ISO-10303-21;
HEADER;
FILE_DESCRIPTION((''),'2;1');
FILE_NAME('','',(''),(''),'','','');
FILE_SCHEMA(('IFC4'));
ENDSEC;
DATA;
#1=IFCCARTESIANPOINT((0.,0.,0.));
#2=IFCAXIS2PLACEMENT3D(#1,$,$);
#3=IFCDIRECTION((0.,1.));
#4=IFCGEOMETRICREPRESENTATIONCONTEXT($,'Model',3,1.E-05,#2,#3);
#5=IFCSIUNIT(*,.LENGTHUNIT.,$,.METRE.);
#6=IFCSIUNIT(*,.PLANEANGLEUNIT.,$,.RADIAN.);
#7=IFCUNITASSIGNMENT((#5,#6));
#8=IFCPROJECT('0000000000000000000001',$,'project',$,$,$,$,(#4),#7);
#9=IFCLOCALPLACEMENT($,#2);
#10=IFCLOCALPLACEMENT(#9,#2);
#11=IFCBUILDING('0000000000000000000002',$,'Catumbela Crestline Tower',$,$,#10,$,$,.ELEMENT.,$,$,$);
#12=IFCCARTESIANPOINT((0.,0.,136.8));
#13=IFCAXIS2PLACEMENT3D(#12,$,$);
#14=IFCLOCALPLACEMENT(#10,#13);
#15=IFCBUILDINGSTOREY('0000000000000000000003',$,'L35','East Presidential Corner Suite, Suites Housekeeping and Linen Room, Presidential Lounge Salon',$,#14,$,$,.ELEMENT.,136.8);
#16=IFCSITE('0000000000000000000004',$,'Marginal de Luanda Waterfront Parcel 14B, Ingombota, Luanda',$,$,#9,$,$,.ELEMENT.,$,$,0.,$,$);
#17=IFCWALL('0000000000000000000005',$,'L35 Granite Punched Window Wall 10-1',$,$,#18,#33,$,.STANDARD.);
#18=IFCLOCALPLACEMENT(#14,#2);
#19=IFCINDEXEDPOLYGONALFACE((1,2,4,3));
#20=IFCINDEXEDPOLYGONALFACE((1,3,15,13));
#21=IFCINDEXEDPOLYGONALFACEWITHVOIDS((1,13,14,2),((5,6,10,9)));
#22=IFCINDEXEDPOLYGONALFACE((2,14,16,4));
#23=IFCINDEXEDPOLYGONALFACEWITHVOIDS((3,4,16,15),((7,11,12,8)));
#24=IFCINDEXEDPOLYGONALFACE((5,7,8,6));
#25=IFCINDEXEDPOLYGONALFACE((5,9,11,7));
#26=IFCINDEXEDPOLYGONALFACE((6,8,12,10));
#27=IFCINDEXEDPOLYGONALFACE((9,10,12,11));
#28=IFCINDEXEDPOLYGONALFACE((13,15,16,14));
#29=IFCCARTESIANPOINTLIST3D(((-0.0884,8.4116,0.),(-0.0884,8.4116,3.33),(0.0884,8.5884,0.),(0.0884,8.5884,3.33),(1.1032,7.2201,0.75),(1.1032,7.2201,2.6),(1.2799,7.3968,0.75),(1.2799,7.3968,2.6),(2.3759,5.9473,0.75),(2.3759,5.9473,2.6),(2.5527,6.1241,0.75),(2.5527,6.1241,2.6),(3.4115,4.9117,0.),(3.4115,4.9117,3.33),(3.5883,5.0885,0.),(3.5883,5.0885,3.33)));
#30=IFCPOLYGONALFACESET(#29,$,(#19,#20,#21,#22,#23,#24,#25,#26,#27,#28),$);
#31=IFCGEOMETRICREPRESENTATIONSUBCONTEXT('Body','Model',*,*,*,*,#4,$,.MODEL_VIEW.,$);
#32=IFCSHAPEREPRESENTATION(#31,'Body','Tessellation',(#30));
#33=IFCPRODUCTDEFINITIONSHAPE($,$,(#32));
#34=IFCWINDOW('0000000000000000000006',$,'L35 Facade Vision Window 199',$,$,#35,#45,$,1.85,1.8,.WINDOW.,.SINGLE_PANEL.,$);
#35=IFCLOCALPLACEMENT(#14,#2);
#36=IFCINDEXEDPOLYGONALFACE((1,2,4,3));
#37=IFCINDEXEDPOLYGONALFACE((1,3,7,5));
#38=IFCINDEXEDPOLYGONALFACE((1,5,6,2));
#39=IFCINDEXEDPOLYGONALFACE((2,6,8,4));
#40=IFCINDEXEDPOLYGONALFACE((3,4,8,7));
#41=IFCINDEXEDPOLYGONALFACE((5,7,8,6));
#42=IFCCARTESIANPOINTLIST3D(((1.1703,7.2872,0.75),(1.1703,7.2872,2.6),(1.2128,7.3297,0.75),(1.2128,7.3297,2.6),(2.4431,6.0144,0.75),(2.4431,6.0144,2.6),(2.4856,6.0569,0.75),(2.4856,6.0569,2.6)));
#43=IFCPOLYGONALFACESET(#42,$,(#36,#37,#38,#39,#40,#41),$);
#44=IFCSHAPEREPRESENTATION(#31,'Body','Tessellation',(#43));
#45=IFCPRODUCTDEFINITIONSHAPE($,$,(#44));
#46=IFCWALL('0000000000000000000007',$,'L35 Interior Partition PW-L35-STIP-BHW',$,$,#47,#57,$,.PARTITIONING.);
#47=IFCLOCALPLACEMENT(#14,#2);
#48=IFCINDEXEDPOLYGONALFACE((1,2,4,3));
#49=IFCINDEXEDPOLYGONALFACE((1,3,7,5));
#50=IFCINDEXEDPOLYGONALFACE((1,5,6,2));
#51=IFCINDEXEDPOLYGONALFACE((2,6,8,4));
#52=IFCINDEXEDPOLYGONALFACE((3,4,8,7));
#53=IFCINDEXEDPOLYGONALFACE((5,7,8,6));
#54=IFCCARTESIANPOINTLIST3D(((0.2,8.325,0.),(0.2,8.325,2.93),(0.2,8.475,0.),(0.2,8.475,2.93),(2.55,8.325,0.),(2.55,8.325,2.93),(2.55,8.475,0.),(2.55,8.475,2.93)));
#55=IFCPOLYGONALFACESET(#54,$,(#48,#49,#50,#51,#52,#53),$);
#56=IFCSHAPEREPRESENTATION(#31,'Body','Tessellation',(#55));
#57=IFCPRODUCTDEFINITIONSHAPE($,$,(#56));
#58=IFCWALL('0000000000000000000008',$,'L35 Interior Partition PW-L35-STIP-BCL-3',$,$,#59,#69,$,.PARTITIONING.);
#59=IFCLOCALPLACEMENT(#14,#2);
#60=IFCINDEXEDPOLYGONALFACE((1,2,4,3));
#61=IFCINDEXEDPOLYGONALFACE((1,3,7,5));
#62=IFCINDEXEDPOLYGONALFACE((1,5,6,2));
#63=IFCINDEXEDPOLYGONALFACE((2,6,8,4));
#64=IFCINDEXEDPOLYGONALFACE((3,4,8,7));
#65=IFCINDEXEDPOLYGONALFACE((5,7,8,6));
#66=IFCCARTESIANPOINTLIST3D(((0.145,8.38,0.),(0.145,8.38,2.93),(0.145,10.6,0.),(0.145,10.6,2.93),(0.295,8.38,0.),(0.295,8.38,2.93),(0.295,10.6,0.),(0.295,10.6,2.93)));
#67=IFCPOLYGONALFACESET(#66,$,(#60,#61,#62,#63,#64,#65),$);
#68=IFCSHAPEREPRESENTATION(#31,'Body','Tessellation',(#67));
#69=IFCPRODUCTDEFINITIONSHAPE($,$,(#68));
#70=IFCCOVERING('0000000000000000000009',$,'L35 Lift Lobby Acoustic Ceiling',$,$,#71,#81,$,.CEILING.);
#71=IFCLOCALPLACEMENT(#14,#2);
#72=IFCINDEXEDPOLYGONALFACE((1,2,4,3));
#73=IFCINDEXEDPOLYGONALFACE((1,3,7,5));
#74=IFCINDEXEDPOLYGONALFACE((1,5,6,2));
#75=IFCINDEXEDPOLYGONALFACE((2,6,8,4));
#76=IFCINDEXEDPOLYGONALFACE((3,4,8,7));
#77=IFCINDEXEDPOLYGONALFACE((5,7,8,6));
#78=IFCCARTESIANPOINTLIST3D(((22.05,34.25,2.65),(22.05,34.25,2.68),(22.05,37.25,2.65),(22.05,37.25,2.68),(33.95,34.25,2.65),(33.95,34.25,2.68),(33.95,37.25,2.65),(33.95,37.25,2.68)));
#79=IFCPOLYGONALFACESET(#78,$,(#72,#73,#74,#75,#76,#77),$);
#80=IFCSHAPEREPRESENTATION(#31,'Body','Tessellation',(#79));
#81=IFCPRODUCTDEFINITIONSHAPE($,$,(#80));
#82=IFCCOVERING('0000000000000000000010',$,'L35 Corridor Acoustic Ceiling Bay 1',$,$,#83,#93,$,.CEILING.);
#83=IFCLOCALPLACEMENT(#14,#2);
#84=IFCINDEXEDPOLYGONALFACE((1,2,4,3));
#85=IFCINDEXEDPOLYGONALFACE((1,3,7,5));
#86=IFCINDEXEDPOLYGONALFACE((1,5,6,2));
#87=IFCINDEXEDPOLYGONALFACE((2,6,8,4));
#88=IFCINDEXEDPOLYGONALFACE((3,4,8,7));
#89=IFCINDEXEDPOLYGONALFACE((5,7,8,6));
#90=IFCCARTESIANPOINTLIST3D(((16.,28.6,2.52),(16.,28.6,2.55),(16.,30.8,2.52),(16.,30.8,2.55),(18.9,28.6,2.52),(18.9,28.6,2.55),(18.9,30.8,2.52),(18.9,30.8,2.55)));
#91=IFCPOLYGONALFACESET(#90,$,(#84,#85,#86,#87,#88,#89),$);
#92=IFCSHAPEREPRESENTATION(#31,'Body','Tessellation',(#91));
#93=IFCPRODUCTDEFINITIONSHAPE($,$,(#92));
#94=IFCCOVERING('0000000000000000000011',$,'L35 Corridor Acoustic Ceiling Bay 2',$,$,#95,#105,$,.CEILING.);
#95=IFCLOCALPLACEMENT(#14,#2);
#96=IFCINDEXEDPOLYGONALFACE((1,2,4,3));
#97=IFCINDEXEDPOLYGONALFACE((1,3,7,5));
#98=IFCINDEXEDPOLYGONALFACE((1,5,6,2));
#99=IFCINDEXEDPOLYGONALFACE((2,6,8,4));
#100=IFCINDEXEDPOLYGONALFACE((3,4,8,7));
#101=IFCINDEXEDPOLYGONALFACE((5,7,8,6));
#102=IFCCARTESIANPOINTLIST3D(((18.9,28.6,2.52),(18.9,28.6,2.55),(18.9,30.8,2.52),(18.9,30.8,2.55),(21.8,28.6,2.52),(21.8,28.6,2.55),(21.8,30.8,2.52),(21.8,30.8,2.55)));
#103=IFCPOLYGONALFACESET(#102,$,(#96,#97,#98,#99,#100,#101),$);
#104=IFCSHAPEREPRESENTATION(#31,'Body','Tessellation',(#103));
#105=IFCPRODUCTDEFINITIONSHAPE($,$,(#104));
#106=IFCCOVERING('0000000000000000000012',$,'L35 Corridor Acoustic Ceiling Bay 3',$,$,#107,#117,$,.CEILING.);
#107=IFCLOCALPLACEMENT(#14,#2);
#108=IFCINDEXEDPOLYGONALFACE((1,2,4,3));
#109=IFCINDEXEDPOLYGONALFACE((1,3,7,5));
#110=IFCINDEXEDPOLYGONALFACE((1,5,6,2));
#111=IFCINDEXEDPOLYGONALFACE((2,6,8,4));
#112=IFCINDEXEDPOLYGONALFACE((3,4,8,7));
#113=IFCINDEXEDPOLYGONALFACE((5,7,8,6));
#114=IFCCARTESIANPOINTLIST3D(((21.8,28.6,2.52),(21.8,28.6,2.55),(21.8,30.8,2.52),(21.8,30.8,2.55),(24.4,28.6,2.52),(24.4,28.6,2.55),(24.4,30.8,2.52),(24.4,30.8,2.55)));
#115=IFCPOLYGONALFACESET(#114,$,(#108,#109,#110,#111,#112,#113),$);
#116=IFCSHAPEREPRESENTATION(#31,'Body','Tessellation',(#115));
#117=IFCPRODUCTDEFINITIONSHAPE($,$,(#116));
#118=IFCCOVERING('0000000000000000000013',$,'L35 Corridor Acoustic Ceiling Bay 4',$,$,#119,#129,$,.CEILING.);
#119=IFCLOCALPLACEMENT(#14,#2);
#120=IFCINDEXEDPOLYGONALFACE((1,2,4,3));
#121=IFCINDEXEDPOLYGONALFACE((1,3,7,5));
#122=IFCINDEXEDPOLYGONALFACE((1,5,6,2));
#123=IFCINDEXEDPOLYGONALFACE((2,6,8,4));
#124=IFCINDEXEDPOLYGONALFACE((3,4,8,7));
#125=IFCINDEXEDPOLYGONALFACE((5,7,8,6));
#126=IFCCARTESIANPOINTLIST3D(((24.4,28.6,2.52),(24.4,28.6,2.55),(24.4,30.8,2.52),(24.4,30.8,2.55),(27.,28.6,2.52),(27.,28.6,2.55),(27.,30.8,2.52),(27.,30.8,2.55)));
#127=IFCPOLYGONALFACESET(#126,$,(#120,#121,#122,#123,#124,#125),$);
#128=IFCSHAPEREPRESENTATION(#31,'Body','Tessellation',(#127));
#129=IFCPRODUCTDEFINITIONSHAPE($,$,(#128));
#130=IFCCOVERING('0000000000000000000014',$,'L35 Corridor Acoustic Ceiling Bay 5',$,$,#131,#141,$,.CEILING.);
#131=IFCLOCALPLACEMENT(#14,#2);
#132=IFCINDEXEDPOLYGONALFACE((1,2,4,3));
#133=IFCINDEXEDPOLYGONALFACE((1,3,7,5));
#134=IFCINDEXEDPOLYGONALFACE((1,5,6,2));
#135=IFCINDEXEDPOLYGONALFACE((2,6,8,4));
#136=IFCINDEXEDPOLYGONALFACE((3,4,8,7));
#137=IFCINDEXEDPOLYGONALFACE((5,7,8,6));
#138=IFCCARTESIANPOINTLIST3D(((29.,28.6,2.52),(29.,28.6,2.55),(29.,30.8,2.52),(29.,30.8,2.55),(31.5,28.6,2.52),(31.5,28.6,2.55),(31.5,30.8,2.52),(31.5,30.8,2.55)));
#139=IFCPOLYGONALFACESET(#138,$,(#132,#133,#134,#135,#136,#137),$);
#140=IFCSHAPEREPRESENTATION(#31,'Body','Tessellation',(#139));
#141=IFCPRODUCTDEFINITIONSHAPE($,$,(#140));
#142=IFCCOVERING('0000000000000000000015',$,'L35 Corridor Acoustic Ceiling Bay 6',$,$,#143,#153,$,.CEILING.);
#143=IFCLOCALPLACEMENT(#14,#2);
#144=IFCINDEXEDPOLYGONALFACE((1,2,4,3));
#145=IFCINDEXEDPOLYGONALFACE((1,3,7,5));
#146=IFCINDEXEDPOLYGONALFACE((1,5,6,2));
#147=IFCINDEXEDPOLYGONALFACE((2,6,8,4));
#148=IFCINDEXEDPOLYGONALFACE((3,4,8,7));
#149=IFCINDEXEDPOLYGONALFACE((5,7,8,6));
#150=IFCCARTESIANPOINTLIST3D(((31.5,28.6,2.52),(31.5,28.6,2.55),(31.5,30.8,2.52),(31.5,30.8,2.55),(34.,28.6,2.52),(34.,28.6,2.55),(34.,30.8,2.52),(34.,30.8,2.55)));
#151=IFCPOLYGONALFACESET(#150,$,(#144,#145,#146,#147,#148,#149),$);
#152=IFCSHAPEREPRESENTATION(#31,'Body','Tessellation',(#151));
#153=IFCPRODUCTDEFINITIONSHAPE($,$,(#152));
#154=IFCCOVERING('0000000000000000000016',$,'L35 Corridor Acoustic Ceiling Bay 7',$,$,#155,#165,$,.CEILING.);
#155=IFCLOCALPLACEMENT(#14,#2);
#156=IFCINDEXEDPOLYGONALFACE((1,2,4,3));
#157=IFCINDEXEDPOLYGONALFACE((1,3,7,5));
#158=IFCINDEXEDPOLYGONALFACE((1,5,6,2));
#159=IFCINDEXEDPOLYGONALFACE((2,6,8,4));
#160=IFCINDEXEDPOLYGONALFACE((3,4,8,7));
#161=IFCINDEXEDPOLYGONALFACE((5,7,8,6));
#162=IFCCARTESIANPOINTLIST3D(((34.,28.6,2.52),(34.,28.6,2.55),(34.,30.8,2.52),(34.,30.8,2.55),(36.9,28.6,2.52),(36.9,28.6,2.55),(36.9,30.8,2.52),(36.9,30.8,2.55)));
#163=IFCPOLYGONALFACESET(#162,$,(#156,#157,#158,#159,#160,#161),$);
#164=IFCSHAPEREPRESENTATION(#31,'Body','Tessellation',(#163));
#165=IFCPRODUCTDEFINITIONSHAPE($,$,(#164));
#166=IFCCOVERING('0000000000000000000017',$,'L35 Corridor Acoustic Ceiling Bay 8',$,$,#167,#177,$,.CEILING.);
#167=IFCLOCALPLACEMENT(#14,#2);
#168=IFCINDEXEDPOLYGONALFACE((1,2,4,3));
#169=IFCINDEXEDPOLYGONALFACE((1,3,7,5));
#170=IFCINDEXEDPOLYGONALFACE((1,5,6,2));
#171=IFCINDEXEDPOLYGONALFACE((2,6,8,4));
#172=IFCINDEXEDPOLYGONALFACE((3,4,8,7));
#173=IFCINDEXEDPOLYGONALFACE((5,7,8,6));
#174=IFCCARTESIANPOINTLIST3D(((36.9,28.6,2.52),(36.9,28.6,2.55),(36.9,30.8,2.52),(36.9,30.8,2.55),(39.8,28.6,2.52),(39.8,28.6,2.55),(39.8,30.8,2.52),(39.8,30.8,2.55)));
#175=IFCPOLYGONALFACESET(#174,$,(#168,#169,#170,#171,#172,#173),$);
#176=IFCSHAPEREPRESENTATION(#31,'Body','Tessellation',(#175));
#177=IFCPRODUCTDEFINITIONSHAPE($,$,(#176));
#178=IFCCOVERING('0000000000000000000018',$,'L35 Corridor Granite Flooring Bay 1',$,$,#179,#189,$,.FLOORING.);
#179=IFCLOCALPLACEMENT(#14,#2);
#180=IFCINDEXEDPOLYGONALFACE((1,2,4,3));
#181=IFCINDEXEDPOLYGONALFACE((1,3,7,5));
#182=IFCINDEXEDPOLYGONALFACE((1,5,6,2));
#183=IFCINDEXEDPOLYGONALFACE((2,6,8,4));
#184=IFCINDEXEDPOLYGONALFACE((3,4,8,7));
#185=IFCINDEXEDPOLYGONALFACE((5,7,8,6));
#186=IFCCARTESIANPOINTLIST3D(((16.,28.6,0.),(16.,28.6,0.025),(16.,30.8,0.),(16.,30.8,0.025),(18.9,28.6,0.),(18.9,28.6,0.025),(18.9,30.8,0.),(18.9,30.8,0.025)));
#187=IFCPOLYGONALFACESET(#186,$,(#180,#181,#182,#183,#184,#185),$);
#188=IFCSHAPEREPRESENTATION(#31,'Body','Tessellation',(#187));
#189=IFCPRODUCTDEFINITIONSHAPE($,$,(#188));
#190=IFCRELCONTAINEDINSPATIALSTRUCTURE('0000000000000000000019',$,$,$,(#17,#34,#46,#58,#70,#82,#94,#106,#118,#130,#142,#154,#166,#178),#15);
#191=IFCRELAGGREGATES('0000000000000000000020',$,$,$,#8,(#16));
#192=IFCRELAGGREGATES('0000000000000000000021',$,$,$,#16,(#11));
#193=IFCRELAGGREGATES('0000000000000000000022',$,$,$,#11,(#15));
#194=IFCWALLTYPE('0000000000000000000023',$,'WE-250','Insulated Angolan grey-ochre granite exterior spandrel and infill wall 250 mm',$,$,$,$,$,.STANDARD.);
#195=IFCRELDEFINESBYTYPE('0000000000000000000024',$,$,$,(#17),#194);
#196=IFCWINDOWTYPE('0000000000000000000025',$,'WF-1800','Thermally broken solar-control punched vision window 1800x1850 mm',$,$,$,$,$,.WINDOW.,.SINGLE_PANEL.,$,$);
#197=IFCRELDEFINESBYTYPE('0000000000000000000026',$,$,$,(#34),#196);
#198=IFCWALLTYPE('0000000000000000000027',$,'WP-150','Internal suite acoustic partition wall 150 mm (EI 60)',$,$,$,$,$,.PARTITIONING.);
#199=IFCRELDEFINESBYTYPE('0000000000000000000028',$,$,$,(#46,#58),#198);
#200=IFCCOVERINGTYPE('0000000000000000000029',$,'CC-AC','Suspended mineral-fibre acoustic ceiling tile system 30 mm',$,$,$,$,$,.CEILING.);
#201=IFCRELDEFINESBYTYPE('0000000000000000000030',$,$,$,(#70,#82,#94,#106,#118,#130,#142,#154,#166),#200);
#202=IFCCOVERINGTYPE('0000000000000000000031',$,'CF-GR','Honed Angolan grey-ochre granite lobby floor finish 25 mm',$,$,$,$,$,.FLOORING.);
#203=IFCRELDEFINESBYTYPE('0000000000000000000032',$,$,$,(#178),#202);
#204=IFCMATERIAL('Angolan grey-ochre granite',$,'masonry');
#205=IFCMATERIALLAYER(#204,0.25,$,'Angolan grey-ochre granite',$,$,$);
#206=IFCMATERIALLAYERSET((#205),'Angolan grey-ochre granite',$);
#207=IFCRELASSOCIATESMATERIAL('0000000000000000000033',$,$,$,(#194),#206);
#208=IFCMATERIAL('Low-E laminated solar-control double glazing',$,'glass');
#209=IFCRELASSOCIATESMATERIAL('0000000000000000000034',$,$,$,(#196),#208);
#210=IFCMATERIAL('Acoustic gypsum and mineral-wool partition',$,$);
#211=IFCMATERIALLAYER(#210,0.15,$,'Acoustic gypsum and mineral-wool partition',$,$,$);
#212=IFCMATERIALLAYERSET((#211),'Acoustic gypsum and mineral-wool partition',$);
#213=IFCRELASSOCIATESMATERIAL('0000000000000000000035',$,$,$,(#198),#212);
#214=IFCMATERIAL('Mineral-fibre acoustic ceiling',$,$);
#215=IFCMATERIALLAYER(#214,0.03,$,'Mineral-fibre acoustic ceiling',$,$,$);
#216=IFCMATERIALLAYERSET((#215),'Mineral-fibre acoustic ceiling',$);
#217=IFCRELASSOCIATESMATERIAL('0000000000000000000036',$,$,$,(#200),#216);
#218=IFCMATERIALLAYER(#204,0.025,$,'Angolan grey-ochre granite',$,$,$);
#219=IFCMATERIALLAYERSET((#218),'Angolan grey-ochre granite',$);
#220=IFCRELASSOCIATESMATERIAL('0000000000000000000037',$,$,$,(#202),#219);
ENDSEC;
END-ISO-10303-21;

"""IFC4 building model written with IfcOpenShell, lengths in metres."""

from ifc_helpers import new_model, si_unit, direction, frame, frame_2d, origin, place, context, subcontext, project, spatial, polyline, rectangle, outline, extrude, material, layer, layer_set, type_object, element, fill, save


model = new_model("IFC4")

# Units and contexts
model_context = context("Model", 3, precision=1e-05, world=origin(), true_north=direction((0.0, 1.0)))
body_context = subcontext(model_context, "Body", "Model", "MODEL_VIEW")
ifc_project = project(units=[si_unit("LENGTHUNIT", "METRE"), si_unit("PLANEANGLEUNIT", "RADIAN")], contexts=[model_context])

# Site, building, storey
site_placement = place(None, origin())
site = spatial("IfcSite", under=ifc_project, at=site_placement, Name="Marginal de Luanda Waterfront Parcel 14B, Ingombota, Luanda", CompositionType="ELEMENT", RefElevation=0.0)
building_placement = place(site_placement, origin())
building = spatial("IfcBuilding", under=site, at=building_placement, Name="Catumbela Crestline Tower", CompositionType="ELEMENT")
storey_placement = place(building_placement, frame((0.0, 0.0, 136.8)))
storey = spatial("IfcBuildingStorey", under=building, at=storey_placement, Name="L35", Description="East Presidential Corner Suite, Suites Housekeeping and Linen Room, Presidential Lounge Salon", CompositionType="ELEMENT", Elevation=136.8)

# Wall, opening, window
ifc_material_1 = material(Name="Angolan grey-ochre granite", Category="masonry")
ifc_layer_1 = layer(ifc_material_1, 0.25, Name="Angolan grey-ochre granite")
ifc_layer_set_1 = layer_set([ifc_layer_1], Name="Angolan grey-ochre granite")
wall_type_1 = type_object("IfcWallType", Name="WE-250", Description="Insulated Angolan grey-ochre granite exterior spandrel and infill wall 250 mm", PredefinedType="STANDARD", material=ifc_layer_set_1)
wall_1_placement = place(storey_placement, frame((0.0, 8.5, 0.0), z_axis=(0.0, 0.0, 1.0), x_axis=(0.707107, -0.707107, 0.0)))
wall_1 = element("IfcWall", 1, at=wall_1_placement, inside=storey, type_object=wall_type_1, Name="L35 Granite Punched Window Wall 10-1", PredefinedType="STANDARD", context=body_context, shape_type="SweptSolid", body=[
    extrude(rectangle(XDim=4.9497, YDim=0.25, at=frame_2d((2.4748, 0.0))), origin(), (0.0, 0.0, 1.0), 3.33),
])
opening_placement = place(wall_1_placement, frame((1.6851, 0.0, 0.75)))
opening = element("IfcOpeningElement", 2, at=opening_placement, cuts=wall_1, PredefinedType="OPENING", context=body_context, shape_type="SweptSolid", body=[
    extrude(rectangle(XDim=1.8, YDim=1.85, at=frame_2d((0.9, 0.925))), frame((0.0, 0.135, 0.0), z_axis=(0.0, -1.0, 0.0), x_axis=(1.0, 0.0, 0.0)), (0.0, 0.0, 1.0), 0.27),
])
ifc_material_2 = material(Name="Low-E laminated solar-control double glazing", Category="glass")
window_type = type_object("IfcWindowType", Name="WF-1800", Description="Thermally broken solar-control punched vision window 1800x1850 mm", PartitioningType="SINGLE_PANEL", PredefinedType="WINDOW", material=ifc_material_2)
window_placement = place(opening_placement, origin())
window = element("IfcWindow", 3, at=window_placement, inside=storey, type_object=window_type, Name="L35 Facade Vision Window 199", OverallHeight=1.85, OverallWidth=1.8, PartitioningType="SINGLE_PANEL", PredefinedType="WINDOW", context=body_context, shape_type="SweptSolid", body=[
    extrude(rectangle(XDim=1.8, YDim=1.85, at=frame_2d((0.9, 0.925))), frame((0.0, 0.03, 0.0), z_axis=(0.0, -1.0, 0.0), x_axis=(1.0, 0.0, 0.0)), (0.0, 0.0, 1.0), 0.06),
])
fill(opening, window)

# Walls
ifc_material_3 = material(Name="Acoustic gypsum and mineral-wool partition")
ifc_layer_2 = layer(ifc_material_3, 0.15, Name="Acoustic gypsum and mineral-wool partition")
ifc_layer_set_2 = layer_set([ifc_layer_2], Name="Acoustic gypsum and mineral-wool partition")
wall_type_2 = type_object("IfcWallType", Name="WP-150", Description="Internal suite acoustic partition wall 150 mm (EI 60)", PredefinedType="PARTITIONING", material=ifc_layer_set_2)
wall_2_placement = place(storey_placement, frame((0.2, 8.4, 0.0), z_axis=(0.0, 0.0, 1.0), x_axis=(1.0, 0.0, 0.0)))
element("IfcWall", 4, at=wall_2_placement, inside=storey, type_object=wall_type_2, Name="L35 Interior Partition PW-L35-STIP-BHW", PredefinedType="PARTITIONING", context=body_context, shape_type="SweptSolid", body=[
    extrude(rectangle(XDim=2.35, YDim=0.15, at=frame_2d((1.175, 0.0))), origin(), (0.0, 0.0, 1.0), 2.93),
])
wall_3_placement = place(storey_placement, frame((0.22, 8.38, 0.0), z_axis=(0.0, 0.0, 1.0), x_axis=(0.0, 1.0, 0.0)))
element("IfcWall", 5, at=wall_3_placement, inside=storey, type_object=wall_type_2, Name="L35 Interior Partition PW-L35-STIP-BCL-3", PredefinedType="PARTITIONING", context=body_context, shape_type="SweptSolid", body=[
    extrude(rectangle(XDim=2.22, YDim=0.15, at=frame_2d((1.11, 0.0))), origin(), (0.0, 0.0, 1.0), 2.93),
])

# Coverings
ifc_material_4 = material(Name="Mineral-fibre acoustic ceiling")
ifc_layer_3 = layer(ifc_material_4, 0.03, Name="Mineral-fibre acoustic ceiling")
ifc_layer_set_3 = layer_set([ifc_layer_3], Name="Mineral-fibre acoustic ceiling")
covering_type_1 = type_object("IfcCoveringType", Name="CC-AC", Description="Suspended mineral-fibre acoustic ceiling tile system 30 mm", PredefinedType="CEILING", material=ifc_layer_set_3)
covering_1_placement = place(storey_placement, frame((0.0, 0.0, 2.65)))
element("IfcCovering", 6, at=covering_1_placement, inside=storey, type_object=covering_type_1, Name="L35 Lift Lobby Acoustic Ceiling", PredefinedType="CEILING", context=body_context, shape_type="SweptSolid", body=[
    extrude(outline(polyline([(22.05, 34.25), (33.95, 34.25), (33.95, 37.25), (22.05, 37.25), (22.05, 34.25)])), origin(), (0.0, 0.0, 1.0), 0.03),
])
covering_2_placement = place(storey_placement, frame((0.0, 0.0, 2.52)))
element("IfcCovering", 7, at=covering_2_placement, inside=storey, type_object=covering_type_1, Name="L35 Corridor Acoustic Ceiling Bay 1", PredefinedType="CEILING", context=body_context, shape_type="SweptSolid", body=[
    extrude(outline(polyline([(16.0, 28.6), (18.9, 28.6), (18.9, 30.8), (16.0, 30.8), (16.0, 28.6)])), origin(), (0.0, 0.0, 1.0), 0.03),
])
covering_3_placement = place(storey_placement, frame((0.0, 0.0, 2.52)))
element("IfcCovering", 8, at=covering_3_placement, inside=storey, type_object=covering_type_1, Name="L35 Corridor Acoustic Ceiling Bay 2", PredefinedType="CEILING", context=body_context, shape_type="SweptSolid", body=[
    extrude(outline(polyline([(18.9, 28.6), (21.8, 28.6), (21.8, 30.8), (18.9, 30.8), (18.9, 28.6)])), origin(), (0.0, 0.0, 1.0), 0.03),
])
covering_4_placement = place(storey_placement, frame((0.0, 0.0, 2.52)))
element("IfcCovering", 9, at=covering_4_placement, inside=storey, type_object=covering_type_1, Name="L35 Corridor Acoustic Ceiling Bay 3", PredefinedType="CEILING", context=body_context, shape_type="SweptSolid", body=[
    extrude(outline(polyline([(21.8, 28.6), (24.4, 28.6), (24.4, 30.8), (21.8, 30.8), (21.8, 28.6)])), origin(), (0.0, 0.0, 1.0), 0.03),
])
covering_5_placement = place(storey_placement, frame((0.0, 0.0, 2.52)))
element("IfcCovering", 10, at=covering_5_placement, inside=storey, type_object=covering_type_1, Name="L35 Corridor Acoustic Ceiling Bay 4", PredefinedType="CEILING", context=body_context, shape_type="SweptSolid", body=[
    extrude(outline(polyline([(24.4, 28.6), (27.0, 28.6), (27.0, 30.8), (24.4, 30.8), (24.4, 28.6)])), origin(), (0.0, 0.0, 1.0), 0.03),
])
covering_6_placement = place(storey_placement, frame((0.0, 0.0, 2.52)))
element("IfcCovering", 11, at=covering_6_placement, inside=storey, type_object=covering_type_1, Name="L35 Corridor Acoustic Ceiling Bay 5", PredefinedType="CEILING", context=body_context, shape_type="SweptSolid", body=[
    extrude(outline(polyline([(29.0, 28.6), (31.5, 28.6), (31.5, 30.8), (29.0, 30.8), (29.0, 28.6)])), origin(), (0.0, 0.0, 1.0), 0.03),
])
covering_7_placement = place(storey_placement, frame((0.0, 0.0, 2.52)))
element("IfcCovering", 12, at=covering_7_placement, inside=storey, type_object=covering_type_1, Name="L35 Corridor Acoustic Ceiling Bay 6", PredefinedType="CEILING", context=body_context, shape_type="SweptSolid", body=[
    extrude(outline(polyline([(31.5, 28.6), (34.0, 28.6), (34.0, 30.8), (31.5, 30.8), (31.5, 28.6)])), origin(), (0.0, 0.0, 1.0), 0.03),
])
covering_8_placement = place(storey_placement, frame((0.0, 0.0, 2.52)))
element("IfcCovering", 13, at=covering_8_placement, inside=storey, type_object=covering_type_1, Name="L35 Corridor Acoustic Ceiling Bay 7", PredefinedType="CEILING", context=body_context, shape_type="SweptSolid", body=[
    extrude(outline(polyline([(34.0, 28.6), (36.9, 28.6), (36.9, 30.8), (34.0, 30.8), (34.0, 28.6)])), origin(), (0.0, 0.0, 1.0), 0.03),
])
covering_9_placement = place(storey_placement, frame((0.0, 0.0, 2.52)))
element("IfcCovering", 14, at=covering_9_placement, inside=storey, type_object=covering_type_1, Name="L35 Corridor Acoustic Ceiling Bay 8", PredefinedType="CEILING", context=body_context, shape_type="SweptSolid", body=[
    extrude(outline(polyline([(36.9, 28.6), (39.8, 28.6), (39.8, 30.8), (36.9, 30.8), (36.9, 28.6)])), origin(), (0.0, 0.0, 1.0), 0.03),
])
ifc_layer_4 = layer(ifc_material_1, 0.025, Name="Angolan grey-ochre granite")
ifc_layer_set_4 = layer_set([ifc_layer_4], Name="Angolan grey-ochre granite")
covering_type_2 = type_object("IfcCoveringType", Name="CF-GR", Description="Honed Angolan grey-ochre granite lobby floor finish 25 mm", PredefinedType="FLOORING", material=ifc_layer_set_4)
covering_10_placement = place(storey_placement, origin())
element("IfcCovering", 15, at=covering_10_placement, inside=storey, type_object=covering_type_2, Name="L35 Corridor Granite Flooring Bay 1", PredefinedType="FLOORING", context=body_context, shape_type="SweptSolid", body=[
    extrude(outline(polyline([(16.0, 28.6), (18.9, 28.6), (18.9, 30.8), (16.0, 30.8), (16.0, 28.6)])), origin(), (0.0, 0.0, 1.0), 0.025),
])

save(model, "model.ifc")
